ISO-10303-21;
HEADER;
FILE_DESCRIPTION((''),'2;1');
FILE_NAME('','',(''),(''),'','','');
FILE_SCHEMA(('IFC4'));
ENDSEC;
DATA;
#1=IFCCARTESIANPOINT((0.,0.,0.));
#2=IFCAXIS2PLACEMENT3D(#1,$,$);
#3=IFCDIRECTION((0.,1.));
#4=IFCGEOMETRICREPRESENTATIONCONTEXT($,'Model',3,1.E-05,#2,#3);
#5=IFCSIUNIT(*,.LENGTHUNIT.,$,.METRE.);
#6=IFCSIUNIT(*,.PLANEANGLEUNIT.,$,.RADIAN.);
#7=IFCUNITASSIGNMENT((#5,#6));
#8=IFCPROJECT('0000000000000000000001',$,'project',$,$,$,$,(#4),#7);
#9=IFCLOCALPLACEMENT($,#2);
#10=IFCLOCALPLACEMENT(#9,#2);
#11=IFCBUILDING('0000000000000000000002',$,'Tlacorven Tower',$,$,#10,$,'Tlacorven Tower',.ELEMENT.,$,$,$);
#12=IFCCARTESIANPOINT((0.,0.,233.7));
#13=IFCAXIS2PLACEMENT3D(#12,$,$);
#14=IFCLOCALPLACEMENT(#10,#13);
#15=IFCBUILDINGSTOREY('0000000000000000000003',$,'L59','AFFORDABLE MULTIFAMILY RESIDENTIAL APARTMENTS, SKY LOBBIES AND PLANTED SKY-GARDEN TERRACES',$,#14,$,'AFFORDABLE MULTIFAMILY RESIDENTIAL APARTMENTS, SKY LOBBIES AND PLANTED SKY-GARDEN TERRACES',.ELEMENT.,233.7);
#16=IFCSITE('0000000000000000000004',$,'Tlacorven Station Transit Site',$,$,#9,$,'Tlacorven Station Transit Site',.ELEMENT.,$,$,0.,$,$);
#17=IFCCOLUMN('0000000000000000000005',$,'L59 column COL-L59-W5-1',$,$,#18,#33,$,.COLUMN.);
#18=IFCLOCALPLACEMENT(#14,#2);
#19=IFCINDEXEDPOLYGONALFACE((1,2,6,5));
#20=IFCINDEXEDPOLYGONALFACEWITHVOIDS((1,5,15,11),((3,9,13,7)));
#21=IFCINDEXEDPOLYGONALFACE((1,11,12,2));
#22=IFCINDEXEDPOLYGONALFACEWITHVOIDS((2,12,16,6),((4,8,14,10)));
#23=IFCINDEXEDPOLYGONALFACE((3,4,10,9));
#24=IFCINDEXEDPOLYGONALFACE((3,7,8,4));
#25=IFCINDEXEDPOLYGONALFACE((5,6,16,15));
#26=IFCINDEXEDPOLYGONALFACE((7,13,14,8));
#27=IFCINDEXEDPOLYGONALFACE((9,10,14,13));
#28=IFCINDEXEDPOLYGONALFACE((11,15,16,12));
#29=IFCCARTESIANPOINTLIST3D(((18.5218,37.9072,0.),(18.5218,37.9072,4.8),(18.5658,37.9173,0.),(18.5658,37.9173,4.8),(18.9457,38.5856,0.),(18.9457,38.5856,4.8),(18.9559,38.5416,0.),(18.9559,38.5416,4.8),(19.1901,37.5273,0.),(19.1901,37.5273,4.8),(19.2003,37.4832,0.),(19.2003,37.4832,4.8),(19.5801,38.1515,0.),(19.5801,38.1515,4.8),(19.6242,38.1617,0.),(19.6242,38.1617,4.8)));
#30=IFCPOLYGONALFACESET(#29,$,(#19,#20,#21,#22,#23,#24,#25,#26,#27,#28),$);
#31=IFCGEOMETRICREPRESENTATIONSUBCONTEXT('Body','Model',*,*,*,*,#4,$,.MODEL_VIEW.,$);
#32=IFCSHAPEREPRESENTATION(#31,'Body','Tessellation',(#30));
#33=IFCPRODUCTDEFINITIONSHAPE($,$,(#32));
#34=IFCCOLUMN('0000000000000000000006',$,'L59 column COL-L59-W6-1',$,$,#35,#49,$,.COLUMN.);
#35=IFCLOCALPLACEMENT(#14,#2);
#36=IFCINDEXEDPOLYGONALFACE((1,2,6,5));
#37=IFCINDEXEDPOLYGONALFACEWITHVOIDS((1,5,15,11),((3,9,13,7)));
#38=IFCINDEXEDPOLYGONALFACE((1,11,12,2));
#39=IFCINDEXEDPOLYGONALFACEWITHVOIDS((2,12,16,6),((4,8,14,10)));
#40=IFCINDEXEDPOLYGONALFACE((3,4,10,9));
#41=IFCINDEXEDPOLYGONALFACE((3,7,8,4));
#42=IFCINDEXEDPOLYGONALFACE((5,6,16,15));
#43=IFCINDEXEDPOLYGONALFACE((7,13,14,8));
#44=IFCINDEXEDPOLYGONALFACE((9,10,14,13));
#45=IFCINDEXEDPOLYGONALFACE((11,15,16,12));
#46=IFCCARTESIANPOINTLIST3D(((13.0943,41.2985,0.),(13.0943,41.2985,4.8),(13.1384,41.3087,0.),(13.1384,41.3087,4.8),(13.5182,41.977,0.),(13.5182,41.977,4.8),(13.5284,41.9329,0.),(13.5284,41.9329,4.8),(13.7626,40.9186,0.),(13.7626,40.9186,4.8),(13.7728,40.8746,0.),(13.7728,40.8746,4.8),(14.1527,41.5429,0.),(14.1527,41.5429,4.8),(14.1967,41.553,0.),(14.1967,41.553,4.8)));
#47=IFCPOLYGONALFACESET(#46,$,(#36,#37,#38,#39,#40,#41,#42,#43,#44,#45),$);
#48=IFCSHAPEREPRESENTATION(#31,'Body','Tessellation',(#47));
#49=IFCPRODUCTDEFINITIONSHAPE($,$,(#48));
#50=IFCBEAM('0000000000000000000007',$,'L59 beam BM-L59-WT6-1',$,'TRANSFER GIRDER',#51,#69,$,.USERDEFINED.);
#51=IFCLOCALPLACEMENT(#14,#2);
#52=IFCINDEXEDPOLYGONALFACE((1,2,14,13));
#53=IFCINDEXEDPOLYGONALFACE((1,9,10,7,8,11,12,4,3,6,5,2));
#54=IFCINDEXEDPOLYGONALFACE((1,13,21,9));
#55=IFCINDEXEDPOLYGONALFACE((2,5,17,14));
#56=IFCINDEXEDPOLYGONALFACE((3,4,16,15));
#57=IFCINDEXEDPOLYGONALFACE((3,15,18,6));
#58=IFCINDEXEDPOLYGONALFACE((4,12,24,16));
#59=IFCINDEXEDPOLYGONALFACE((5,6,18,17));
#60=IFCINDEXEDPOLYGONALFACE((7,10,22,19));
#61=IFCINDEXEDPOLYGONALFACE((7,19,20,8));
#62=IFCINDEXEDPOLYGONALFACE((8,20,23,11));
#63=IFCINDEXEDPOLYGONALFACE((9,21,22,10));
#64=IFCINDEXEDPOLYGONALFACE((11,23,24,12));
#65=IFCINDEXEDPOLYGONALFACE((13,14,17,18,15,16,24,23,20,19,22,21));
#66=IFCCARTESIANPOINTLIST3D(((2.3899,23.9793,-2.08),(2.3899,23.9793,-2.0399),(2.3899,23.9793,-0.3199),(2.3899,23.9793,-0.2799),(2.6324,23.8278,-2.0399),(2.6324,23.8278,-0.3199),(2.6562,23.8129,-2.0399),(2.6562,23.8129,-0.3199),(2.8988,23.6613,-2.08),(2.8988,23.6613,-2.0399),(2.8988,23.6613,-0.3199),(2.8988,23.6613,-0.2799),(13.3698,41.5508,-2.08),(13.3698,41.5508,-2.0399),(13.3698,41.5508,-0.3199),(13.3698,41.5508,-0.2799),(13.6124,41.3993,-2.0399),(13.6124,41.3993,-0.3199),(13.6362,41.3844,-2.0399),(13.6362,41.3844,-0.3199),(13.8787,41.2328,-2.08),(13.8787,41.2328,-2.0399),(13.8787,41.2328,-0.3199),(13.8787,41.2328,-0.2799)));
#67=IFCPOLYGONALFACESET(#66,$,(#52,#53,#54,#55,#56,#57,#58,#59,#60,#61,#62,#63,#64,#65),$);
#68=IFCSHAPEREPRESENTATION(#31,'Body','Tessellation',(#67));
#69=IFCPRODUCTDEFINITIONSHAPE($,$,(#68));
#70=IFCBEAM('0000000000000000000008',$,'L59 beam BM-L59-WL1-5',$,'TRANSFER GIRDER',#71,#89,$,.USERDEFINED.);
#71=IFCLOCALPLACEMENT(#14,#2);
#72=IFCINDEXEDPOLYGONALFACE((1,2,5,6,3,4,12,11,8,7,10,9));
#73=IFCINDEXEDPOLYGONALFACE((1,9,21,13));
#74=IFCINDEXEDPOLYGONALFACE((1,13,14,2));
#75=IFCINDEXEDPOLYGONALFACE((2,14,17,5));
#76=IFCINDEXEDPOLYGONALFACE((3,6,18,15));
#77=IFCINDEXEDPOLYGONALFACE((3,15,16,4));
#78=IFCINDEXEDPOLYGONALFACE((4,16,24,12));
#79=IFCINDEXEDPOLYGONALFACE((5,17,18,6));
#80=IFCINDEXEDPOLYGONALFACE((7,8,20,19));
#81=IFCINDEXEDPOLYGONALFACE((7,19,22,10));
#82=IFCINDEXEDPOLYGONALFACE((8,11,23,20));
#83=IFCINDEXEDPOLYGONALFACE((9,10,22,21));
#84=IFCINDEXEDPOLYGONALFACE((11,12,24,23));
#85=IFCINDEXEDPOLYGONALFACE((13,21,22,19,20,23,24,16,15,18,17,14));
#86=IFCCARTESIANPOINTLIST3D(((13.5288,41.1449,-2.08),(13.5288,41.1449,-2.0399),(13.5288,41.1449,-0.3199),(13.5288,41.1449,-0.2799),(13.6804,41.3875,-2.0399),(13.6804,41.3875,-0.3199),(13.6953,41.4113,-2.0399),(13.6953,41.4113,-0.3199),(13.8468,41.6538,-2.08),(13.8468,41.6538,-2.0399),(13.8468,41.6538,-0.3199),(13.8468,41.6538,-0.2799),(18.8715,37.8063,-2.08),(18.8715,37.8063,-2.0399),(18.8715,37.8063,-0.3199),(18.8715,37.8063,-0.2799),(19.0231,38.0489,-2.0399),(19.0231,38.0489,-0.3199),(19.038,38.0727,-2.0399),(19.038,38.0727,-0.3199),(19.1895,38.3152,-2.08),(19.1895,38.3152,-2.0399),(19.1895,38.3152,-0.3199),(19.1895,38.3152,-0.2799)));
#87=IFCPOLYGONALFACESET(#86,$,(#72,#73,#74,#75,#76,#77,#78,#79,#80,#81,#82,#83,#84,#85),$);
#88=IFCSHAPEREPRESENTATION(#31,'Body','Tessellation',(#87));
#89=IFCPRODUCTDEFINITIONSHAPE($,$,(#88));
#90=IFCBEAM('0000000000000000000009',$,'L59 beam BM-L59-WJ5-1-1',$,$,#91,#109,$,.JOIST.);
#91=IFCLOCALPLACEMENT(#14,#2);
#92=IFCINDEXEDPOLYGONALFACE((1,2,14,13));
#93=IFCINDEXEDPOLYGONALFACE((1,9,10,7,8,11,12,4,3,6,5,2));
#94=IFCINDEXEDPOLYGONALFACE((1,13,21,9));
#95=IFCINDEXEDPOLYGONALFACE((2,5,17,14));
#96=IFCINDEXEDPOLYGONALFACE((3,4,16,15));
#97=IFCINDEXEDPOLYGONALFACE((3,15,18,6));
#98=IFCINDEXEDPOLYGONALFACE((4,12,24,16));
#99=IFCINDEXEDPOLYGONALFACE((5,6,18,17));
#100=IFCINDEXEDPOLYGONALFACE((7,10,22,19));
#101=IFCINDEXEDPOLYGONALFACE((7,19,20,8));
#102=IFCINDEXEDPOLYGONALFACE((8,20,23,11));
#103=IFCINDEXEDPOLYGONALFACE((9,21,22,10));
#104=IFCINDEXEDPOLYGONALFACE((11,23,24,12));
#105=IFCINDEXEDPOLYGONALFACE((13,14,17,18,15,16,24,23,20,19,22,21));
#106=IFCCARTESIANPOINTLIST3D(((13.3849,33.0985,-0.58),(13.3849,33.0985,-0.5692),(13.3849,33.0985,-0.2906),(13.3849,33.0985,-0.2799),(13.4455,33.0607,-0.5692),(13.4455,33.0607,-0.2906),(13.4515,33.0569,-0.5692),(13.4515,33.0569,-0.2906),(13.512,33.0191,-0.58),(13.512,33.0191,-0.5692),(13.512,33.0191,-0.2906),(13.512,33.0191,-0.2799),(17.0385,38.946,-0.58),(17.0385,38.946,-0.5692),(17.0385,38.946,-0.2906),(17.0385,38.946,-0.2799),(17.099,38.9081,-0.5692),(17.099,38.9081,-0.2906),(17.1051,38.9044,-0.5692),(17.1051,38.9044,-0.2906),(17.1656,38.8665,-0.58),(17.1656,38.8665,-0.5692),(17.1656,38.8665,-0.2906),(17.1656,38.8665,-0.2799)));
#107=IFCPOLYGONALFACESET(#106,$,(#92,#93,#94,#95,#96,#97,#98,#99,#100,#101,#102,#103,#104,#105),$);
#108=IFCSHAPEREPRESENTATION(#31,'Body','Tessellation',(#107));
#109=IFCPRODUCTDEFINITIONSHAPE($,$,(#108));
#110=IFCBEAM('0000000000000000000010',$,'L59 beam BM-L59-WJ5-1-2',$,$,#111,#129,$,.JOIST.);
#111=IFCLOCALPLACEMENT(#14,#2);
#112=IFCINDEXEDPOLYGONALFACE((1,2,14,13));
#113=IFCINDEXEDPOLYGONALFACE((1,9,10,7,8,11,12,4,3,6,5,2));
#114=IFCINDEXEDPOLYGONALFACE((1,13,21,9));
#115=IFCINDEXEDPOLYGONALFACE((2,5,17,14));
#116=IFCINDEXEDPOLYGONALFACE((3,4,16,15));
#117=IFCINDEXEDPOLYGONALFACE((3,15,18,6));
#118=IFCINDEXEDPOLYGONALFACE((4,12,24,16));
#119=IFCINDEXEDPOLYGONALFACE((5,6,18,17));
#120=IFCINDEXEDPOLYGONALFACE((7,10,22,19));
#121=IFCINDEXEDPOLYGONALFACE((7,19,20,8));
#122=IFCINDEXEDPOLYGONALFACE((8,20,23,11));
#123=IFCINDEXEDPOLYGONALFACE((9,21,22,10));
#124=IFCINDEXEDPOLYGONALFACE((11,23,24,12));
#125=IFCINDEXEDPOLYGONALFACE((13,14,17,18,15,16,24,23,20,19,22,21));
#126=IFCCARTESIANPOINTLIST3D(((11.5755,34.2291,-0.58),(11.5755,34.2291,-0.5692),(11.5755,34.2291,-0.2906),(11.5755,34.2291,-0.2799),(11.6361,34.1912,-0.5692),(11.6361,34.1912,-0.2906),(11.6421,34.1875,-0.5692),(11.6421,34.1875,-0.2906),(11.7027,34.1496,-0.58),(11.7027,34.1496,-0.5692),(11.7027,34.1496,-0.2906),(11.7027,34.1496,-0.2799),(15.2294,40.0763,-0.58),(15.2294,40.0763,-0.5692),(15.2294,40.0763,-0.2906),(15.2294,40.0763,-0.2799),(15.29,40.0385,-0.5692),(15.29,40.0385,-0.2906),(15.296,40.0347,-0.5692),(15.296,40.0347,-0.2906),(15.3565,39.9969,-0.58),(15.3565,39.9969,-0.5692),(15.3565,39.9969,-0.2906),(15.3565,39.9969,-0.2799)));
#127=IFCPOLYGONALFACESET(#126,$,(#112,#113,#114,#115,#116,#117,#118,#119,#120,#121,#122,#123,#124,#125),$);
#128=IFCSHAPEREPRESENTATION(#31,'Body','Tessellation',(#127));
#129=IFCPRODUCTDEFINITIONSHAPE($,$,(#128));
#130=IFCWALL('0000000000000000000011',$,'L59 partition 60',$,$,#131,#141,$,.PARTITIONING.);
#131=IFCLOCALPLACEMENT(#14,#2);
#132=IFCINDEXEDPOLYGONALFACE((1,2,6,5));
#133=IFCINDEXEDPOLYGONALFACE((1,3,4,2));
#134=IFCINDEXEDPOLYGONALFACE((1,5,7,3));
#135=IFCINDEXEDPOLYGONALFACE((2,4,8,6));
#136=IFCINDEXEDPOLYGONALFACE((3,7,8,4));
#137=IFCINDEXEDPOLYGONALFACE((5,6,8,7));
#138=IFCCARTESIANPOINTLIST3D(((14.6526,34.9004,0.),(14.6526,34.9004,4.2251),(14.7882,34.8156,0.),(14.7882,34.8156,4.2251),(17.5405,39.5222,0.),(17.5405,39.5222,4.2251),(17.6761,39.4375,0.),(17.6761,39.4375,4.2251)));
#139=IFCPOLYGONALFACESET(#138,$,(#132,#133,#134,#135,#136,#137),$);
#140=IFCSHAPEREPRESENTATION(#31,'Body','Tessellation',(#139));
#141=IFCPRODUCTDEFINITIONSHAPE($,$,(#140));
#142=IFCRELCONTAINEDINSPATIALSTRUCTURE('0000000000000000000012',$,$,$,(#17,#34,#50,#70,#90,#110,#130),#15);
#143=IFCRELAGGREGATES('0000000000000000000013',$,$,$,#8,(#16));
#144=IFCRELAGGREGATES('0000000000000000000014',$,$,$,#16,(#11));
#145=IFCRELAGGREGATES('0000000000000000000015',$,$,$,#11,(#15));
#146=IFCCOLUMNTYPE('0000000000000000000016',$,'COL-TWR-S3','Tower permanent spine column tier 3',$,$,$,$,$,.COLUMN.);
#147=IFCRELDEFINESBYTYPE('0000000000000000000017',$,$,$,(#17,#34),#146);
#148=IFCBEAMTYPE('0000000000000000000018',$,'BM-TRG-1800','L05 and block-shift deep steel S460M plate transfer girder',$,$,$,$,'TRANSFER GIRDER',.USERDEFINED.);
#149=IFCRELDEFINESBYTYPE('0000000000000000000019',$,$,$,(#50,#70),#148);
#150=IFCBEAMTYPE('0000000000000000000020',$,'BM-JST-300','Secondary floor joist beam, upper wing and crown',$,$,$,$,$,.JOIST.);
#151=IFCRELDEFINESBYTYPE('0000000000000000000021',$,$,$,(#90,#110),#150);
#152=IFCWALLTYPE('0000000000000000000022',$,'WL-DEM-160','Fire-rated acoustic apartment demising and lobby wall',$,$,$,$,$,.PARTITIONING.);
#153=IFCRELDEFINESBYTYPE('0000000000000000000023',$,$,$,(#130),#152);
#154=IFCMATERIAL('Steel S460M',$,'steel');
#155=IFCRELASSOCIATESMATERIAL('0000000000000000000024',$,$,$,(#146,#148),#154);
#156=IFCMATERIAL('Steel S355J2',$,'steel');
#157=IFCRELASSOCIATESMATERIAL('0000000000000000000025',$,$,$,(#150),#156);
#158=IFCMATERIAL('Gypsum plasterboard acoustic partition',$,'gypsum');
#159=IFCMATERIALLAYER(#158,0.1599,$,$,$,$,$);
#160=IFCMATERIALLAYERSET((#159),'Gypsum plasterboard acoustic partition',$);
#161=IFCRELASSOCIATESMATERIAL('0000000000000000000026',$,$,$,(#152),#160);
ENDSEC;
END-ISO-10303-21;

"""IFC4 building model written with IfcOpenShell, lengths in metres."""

from ifc_helpers import new_model, si_unit, direction, frame, frame_2d, origin, origin_2d, place, context, subcontext, project, spatial, rectangle, hollow_rectangle, i_section, extrude, source, transform, mapped, material, layer, layer_set, material_profile, profile_set, type_object, element, save


model = new_model("IFC4")

# Units and contexts
model_context = context("Model", 3, precision=1e-05, world=origin(), true_north=direction((0.0, 1.0)))
body_context = subcontext(model_context, "Body", "Model", "MODEL_VIEW")
ifc_project = project(units=[si_unit("LENGTHUNIT", "METRE"), si_unit("PLANEANGLEUNIT", "RADIAN")], contexts=[model_context])

# Site, building, storey
site_placement = place(None, origin())
site = spatial("IfcSite", under=ifc_project, at=site_placement, Name="Tlacorven Station Transit Site", LongName="Tlacorven Station Transit Site", CompositionType="ELEMENT", RefElevation=0.0)
building_placement = place(site_placement, origin())
building = spatial("IfcBuilding", under=site, at=building_placement, Name="Tlacorven Tower", LongName="Tlacorven Tower", CompositionType="ELEMENT")
storey_placement = place(building_placement, frame((0.0, 0.0, 233.7)))
storey = spatial("IfcBuildingStorey", under=building, at=storey_placement, Name="L59", Description="AFFORDABLE MULTIFAMILY RESIDENTIAL APARTMENTS, SKY LOBBIES AND PLANTED SKY-GARDEN TERRACES", LongName="AFFORDABLE MULTIFAMILY RESIDENTIAL APARTMENTS, SKY LOBBIES AND PLANTED SKY-GARDEN TERRACES", CompositionType="ELEMENT", Elevation=233.7)

# Columns
ifc_material_1 = material(Name="Steel S460M", Category="steel")
ifc_material_profile_1 = material_profile(ifc_material_1, hollow_rectangle(XDim=0.8, YDim=0.8, WallThickness=0.032, at=origin_2d()), Name="BOX 800X800X32")
ifc_profile_set_1 = profile_set([ifc_material_profile_1], Name="Steel S460M")
column_type = type_object("IfcColumnType", Name="COL-TWR-S3", Description="Tower permanent spine column tier 3", PredefinedType="COLUMN", material=ifc_profile_set_1)
shared_shape_1 = source(origin(), body_context, "Body", "SweptSolid", [
    extrude(hollow_rectangle(XDim=0.8, YDim=0.8, WallThickness=0.032, at=origin_2d()), origin(), (0.0, 0.0, 1.0), 4.8),
])
for number, where, z_axis, x_axis, name in (
    (1, (19.073, 38.0344, 0.0), (0.0, 0.0, 1.0), (-0.848048, 0.529919, 0.0), "L59 column COL-L59-W5-1"),
    (2, (13.6455, 41.4258, 0.0), (0.0, 0.0, 1.0), (-0.848048, 0.529919, 0.0), "L59 column COL-L59-W6-1"),
):
    element("IfcColumn", number, at=place(storey_placement, frame(where, z_axis=z_axis, x_axis=x_axis)), inside=storey, type_object=column_type, Name=name, PredefinedType="COLUMN", context=body_context, shape_type="MappedRepresentation", body=[
        mapped(shared_shape_1, transform((0.0, 0.0, 0.0), scale=1.0)),
    ])

# Beams
ifc_material_profile_2 = material_profile(ifc_material_1, i_section(OverallWidth=0.6001, OverallDepth=1.8, WebThickness=0.0281, FlangeThickness=0.04, at=origin_2d()), Name="PG 1800X600X28X40")
ifc_profile_set_2 = profile_set([ifc_material_profile_2], Name="Steel S460M")
beam_type_1 = type_object("IfcBeamType", Name="BM-TRG-1800", Description="L05 and block-shift deep steel S460M plate transfer girder", ElementType="TRANSFER GIRDER", PredefinedType="USERDEFINED", material=ifc_profile_set_2)
shared_shape_2 = source(origin(), body_context, "Body", "SweptSolid", [
    extrude(i_section(OverallWidth=0.6001, OverallDepth=1.8, WebThickness=0.0281, FlangeThickness=0.04, at=origin_2d()), origin(), (0.0, 0.0, 1.0), 20.72),
])
beam_1_placement = place(storey_placement, frame((13.6243, 41.3918, -1.1799), z_axis=(-0.529922, -0.848047, 0.0), x_axis=(0.848047, -0.529922, 0.0)))
element("IfcBeam", 3, at=beam_1_placement, inside=storey, type_object=beam_type_1, Name="L59 beam BM-L59-WT6-1", ObjectType="TRANSFER GIRDER", PredefinedType="USERDEFINED", context=body_context, shape_type="MappedRepresentation", body=[
    mapped(shared_shape_2, transform((0.0, 0.0, 0.0), scale=1.0)),
])
shared_shape_3 = source(origin(), body_context, "Body", "SweptSolid", [
    extrude(i_section(OverallWidth=0.6001, OverallDepth=1.8, WebThickness=0.0281, FlangeThickness=0.04, at=origin_2d()), origin(), (0.0, 0.0, 1.0), 6.3),
])
beam_2_placement = place(storey_placement, frame((19.0305, 38.0608, -1.1799), z_axis=(-0.848042, 0.529929, 0.0), x_axis=(-0.529929, -0.848042, 0.0)))
element("IfcBeam", 4, at=beam_2_placement, inside=storey, type_object=beam_type_1, Name="L59 beam BM-L59-WL1-5", ObjectType="TRANSFER GIRDER", PredefinedType="USERDEFINED", context=body_context, shape_type="MappedRepresentation", body=[
    mapped(shared_shape_3, transform((0.0, 0.0, 0.0), scale=1.0)),
])
ifc_material_2 = material(Name="Steel S355J2", Category="steel")
ifc_material_profile_3 = material_profile(ifc_material_2, i_section(OverallWidth=0.1499, OverallDepth=0.3, WebThickness=0.0071, FlangeThickness=0.0107, at=origin_2d()), Name="IPE 300")
ifc_profile_set_3 = profile_set([ifc_material_profile_3], Name="Steel S355J2")
beam_type_2 = type_object("IfcBeamType", Name="BM-JST-300", Description="Secondary floor joist beam, upper wing and crown", PredefinedType="JOIST", material=ifc_profile_set_3)
shared_shape_4 = source(origin(), body_context, "Body", "SweptSolid", [
    extrude(i_section(OverallWidth=0.1499, OverallDepth=0.3, WebThickness=0.0071, FlangeThickness=0.0107, at=origin_2d()), origin(), (0.0, 0.0, 1.0), 6.895),
])
for number, where, z_axis, x_axis, name in (
    (5, (17.1021, 38.9062, -0.4299), (-0.529888, -0.848068, 0.0), (0.848068, -0.529888, 0.0), "L59 beam BM-L59-WJ5-1-1"),
    (6, (15.293, 40.0366, -0.4299), (-0.529929, -0.848042, 0.0), (0.848042, -0.529929, 0.0), "L59 beam BM-L59-WJ5-1-2"),
):
    element("IfcBeam", number, at=place(storey_placement, frame(where, z_axis=z_axis, x_axis=x_axis)), inside=storey, type_object=beam_type_2, Name=name, PredefinedType="JOIST", context=body_context, shape_type="MappedRepresentation", body=[
        mapped(shared_shape_4, transform((0.0, 0.0, 0.0), scale=1.0)),
    ])

# Wall
ifc_material_3 = material(Name="Gypsum plasterboard acoustic partition", Category="gypsum")
ifc_layer_1 = layer(ifc_material_3, 0.1599)
ifc_layer_set_1 = layer_set([ifc_layer_1], Name="Gypsum plasterboard acoustic partition")
wall_type_1 = type_object("IfcWallType", Name="WL-DEM-160", Description="Fire-rated acoustic apartment demising and lobby wall", PredefinedType="PARTITIONING", material=ifc_layer_set_1)
wall_1_placement = place(storey_placement, frame((17.6084, 39.48, 0.0), z_axis=(0.0, 0.0, 1.0), x_axis=(-0.529906, -0.848056, 0.0)))
element("IfcWall", 7, at=wall_1_placement, inside=storey, type_object=wall_type_1, Name="L59 partition 60", PredefinedType="PARTITIONING", context=body_context, shape_type="SweptSolid", body=[
    extrude(rectangle(XDim=5.45, YDim=0.1599, at=frame_2d((2.7251, 0.0))), origin(), (0.0, 0.0, 1.0), 4.2251),
])

save(model, "model.ifc")
